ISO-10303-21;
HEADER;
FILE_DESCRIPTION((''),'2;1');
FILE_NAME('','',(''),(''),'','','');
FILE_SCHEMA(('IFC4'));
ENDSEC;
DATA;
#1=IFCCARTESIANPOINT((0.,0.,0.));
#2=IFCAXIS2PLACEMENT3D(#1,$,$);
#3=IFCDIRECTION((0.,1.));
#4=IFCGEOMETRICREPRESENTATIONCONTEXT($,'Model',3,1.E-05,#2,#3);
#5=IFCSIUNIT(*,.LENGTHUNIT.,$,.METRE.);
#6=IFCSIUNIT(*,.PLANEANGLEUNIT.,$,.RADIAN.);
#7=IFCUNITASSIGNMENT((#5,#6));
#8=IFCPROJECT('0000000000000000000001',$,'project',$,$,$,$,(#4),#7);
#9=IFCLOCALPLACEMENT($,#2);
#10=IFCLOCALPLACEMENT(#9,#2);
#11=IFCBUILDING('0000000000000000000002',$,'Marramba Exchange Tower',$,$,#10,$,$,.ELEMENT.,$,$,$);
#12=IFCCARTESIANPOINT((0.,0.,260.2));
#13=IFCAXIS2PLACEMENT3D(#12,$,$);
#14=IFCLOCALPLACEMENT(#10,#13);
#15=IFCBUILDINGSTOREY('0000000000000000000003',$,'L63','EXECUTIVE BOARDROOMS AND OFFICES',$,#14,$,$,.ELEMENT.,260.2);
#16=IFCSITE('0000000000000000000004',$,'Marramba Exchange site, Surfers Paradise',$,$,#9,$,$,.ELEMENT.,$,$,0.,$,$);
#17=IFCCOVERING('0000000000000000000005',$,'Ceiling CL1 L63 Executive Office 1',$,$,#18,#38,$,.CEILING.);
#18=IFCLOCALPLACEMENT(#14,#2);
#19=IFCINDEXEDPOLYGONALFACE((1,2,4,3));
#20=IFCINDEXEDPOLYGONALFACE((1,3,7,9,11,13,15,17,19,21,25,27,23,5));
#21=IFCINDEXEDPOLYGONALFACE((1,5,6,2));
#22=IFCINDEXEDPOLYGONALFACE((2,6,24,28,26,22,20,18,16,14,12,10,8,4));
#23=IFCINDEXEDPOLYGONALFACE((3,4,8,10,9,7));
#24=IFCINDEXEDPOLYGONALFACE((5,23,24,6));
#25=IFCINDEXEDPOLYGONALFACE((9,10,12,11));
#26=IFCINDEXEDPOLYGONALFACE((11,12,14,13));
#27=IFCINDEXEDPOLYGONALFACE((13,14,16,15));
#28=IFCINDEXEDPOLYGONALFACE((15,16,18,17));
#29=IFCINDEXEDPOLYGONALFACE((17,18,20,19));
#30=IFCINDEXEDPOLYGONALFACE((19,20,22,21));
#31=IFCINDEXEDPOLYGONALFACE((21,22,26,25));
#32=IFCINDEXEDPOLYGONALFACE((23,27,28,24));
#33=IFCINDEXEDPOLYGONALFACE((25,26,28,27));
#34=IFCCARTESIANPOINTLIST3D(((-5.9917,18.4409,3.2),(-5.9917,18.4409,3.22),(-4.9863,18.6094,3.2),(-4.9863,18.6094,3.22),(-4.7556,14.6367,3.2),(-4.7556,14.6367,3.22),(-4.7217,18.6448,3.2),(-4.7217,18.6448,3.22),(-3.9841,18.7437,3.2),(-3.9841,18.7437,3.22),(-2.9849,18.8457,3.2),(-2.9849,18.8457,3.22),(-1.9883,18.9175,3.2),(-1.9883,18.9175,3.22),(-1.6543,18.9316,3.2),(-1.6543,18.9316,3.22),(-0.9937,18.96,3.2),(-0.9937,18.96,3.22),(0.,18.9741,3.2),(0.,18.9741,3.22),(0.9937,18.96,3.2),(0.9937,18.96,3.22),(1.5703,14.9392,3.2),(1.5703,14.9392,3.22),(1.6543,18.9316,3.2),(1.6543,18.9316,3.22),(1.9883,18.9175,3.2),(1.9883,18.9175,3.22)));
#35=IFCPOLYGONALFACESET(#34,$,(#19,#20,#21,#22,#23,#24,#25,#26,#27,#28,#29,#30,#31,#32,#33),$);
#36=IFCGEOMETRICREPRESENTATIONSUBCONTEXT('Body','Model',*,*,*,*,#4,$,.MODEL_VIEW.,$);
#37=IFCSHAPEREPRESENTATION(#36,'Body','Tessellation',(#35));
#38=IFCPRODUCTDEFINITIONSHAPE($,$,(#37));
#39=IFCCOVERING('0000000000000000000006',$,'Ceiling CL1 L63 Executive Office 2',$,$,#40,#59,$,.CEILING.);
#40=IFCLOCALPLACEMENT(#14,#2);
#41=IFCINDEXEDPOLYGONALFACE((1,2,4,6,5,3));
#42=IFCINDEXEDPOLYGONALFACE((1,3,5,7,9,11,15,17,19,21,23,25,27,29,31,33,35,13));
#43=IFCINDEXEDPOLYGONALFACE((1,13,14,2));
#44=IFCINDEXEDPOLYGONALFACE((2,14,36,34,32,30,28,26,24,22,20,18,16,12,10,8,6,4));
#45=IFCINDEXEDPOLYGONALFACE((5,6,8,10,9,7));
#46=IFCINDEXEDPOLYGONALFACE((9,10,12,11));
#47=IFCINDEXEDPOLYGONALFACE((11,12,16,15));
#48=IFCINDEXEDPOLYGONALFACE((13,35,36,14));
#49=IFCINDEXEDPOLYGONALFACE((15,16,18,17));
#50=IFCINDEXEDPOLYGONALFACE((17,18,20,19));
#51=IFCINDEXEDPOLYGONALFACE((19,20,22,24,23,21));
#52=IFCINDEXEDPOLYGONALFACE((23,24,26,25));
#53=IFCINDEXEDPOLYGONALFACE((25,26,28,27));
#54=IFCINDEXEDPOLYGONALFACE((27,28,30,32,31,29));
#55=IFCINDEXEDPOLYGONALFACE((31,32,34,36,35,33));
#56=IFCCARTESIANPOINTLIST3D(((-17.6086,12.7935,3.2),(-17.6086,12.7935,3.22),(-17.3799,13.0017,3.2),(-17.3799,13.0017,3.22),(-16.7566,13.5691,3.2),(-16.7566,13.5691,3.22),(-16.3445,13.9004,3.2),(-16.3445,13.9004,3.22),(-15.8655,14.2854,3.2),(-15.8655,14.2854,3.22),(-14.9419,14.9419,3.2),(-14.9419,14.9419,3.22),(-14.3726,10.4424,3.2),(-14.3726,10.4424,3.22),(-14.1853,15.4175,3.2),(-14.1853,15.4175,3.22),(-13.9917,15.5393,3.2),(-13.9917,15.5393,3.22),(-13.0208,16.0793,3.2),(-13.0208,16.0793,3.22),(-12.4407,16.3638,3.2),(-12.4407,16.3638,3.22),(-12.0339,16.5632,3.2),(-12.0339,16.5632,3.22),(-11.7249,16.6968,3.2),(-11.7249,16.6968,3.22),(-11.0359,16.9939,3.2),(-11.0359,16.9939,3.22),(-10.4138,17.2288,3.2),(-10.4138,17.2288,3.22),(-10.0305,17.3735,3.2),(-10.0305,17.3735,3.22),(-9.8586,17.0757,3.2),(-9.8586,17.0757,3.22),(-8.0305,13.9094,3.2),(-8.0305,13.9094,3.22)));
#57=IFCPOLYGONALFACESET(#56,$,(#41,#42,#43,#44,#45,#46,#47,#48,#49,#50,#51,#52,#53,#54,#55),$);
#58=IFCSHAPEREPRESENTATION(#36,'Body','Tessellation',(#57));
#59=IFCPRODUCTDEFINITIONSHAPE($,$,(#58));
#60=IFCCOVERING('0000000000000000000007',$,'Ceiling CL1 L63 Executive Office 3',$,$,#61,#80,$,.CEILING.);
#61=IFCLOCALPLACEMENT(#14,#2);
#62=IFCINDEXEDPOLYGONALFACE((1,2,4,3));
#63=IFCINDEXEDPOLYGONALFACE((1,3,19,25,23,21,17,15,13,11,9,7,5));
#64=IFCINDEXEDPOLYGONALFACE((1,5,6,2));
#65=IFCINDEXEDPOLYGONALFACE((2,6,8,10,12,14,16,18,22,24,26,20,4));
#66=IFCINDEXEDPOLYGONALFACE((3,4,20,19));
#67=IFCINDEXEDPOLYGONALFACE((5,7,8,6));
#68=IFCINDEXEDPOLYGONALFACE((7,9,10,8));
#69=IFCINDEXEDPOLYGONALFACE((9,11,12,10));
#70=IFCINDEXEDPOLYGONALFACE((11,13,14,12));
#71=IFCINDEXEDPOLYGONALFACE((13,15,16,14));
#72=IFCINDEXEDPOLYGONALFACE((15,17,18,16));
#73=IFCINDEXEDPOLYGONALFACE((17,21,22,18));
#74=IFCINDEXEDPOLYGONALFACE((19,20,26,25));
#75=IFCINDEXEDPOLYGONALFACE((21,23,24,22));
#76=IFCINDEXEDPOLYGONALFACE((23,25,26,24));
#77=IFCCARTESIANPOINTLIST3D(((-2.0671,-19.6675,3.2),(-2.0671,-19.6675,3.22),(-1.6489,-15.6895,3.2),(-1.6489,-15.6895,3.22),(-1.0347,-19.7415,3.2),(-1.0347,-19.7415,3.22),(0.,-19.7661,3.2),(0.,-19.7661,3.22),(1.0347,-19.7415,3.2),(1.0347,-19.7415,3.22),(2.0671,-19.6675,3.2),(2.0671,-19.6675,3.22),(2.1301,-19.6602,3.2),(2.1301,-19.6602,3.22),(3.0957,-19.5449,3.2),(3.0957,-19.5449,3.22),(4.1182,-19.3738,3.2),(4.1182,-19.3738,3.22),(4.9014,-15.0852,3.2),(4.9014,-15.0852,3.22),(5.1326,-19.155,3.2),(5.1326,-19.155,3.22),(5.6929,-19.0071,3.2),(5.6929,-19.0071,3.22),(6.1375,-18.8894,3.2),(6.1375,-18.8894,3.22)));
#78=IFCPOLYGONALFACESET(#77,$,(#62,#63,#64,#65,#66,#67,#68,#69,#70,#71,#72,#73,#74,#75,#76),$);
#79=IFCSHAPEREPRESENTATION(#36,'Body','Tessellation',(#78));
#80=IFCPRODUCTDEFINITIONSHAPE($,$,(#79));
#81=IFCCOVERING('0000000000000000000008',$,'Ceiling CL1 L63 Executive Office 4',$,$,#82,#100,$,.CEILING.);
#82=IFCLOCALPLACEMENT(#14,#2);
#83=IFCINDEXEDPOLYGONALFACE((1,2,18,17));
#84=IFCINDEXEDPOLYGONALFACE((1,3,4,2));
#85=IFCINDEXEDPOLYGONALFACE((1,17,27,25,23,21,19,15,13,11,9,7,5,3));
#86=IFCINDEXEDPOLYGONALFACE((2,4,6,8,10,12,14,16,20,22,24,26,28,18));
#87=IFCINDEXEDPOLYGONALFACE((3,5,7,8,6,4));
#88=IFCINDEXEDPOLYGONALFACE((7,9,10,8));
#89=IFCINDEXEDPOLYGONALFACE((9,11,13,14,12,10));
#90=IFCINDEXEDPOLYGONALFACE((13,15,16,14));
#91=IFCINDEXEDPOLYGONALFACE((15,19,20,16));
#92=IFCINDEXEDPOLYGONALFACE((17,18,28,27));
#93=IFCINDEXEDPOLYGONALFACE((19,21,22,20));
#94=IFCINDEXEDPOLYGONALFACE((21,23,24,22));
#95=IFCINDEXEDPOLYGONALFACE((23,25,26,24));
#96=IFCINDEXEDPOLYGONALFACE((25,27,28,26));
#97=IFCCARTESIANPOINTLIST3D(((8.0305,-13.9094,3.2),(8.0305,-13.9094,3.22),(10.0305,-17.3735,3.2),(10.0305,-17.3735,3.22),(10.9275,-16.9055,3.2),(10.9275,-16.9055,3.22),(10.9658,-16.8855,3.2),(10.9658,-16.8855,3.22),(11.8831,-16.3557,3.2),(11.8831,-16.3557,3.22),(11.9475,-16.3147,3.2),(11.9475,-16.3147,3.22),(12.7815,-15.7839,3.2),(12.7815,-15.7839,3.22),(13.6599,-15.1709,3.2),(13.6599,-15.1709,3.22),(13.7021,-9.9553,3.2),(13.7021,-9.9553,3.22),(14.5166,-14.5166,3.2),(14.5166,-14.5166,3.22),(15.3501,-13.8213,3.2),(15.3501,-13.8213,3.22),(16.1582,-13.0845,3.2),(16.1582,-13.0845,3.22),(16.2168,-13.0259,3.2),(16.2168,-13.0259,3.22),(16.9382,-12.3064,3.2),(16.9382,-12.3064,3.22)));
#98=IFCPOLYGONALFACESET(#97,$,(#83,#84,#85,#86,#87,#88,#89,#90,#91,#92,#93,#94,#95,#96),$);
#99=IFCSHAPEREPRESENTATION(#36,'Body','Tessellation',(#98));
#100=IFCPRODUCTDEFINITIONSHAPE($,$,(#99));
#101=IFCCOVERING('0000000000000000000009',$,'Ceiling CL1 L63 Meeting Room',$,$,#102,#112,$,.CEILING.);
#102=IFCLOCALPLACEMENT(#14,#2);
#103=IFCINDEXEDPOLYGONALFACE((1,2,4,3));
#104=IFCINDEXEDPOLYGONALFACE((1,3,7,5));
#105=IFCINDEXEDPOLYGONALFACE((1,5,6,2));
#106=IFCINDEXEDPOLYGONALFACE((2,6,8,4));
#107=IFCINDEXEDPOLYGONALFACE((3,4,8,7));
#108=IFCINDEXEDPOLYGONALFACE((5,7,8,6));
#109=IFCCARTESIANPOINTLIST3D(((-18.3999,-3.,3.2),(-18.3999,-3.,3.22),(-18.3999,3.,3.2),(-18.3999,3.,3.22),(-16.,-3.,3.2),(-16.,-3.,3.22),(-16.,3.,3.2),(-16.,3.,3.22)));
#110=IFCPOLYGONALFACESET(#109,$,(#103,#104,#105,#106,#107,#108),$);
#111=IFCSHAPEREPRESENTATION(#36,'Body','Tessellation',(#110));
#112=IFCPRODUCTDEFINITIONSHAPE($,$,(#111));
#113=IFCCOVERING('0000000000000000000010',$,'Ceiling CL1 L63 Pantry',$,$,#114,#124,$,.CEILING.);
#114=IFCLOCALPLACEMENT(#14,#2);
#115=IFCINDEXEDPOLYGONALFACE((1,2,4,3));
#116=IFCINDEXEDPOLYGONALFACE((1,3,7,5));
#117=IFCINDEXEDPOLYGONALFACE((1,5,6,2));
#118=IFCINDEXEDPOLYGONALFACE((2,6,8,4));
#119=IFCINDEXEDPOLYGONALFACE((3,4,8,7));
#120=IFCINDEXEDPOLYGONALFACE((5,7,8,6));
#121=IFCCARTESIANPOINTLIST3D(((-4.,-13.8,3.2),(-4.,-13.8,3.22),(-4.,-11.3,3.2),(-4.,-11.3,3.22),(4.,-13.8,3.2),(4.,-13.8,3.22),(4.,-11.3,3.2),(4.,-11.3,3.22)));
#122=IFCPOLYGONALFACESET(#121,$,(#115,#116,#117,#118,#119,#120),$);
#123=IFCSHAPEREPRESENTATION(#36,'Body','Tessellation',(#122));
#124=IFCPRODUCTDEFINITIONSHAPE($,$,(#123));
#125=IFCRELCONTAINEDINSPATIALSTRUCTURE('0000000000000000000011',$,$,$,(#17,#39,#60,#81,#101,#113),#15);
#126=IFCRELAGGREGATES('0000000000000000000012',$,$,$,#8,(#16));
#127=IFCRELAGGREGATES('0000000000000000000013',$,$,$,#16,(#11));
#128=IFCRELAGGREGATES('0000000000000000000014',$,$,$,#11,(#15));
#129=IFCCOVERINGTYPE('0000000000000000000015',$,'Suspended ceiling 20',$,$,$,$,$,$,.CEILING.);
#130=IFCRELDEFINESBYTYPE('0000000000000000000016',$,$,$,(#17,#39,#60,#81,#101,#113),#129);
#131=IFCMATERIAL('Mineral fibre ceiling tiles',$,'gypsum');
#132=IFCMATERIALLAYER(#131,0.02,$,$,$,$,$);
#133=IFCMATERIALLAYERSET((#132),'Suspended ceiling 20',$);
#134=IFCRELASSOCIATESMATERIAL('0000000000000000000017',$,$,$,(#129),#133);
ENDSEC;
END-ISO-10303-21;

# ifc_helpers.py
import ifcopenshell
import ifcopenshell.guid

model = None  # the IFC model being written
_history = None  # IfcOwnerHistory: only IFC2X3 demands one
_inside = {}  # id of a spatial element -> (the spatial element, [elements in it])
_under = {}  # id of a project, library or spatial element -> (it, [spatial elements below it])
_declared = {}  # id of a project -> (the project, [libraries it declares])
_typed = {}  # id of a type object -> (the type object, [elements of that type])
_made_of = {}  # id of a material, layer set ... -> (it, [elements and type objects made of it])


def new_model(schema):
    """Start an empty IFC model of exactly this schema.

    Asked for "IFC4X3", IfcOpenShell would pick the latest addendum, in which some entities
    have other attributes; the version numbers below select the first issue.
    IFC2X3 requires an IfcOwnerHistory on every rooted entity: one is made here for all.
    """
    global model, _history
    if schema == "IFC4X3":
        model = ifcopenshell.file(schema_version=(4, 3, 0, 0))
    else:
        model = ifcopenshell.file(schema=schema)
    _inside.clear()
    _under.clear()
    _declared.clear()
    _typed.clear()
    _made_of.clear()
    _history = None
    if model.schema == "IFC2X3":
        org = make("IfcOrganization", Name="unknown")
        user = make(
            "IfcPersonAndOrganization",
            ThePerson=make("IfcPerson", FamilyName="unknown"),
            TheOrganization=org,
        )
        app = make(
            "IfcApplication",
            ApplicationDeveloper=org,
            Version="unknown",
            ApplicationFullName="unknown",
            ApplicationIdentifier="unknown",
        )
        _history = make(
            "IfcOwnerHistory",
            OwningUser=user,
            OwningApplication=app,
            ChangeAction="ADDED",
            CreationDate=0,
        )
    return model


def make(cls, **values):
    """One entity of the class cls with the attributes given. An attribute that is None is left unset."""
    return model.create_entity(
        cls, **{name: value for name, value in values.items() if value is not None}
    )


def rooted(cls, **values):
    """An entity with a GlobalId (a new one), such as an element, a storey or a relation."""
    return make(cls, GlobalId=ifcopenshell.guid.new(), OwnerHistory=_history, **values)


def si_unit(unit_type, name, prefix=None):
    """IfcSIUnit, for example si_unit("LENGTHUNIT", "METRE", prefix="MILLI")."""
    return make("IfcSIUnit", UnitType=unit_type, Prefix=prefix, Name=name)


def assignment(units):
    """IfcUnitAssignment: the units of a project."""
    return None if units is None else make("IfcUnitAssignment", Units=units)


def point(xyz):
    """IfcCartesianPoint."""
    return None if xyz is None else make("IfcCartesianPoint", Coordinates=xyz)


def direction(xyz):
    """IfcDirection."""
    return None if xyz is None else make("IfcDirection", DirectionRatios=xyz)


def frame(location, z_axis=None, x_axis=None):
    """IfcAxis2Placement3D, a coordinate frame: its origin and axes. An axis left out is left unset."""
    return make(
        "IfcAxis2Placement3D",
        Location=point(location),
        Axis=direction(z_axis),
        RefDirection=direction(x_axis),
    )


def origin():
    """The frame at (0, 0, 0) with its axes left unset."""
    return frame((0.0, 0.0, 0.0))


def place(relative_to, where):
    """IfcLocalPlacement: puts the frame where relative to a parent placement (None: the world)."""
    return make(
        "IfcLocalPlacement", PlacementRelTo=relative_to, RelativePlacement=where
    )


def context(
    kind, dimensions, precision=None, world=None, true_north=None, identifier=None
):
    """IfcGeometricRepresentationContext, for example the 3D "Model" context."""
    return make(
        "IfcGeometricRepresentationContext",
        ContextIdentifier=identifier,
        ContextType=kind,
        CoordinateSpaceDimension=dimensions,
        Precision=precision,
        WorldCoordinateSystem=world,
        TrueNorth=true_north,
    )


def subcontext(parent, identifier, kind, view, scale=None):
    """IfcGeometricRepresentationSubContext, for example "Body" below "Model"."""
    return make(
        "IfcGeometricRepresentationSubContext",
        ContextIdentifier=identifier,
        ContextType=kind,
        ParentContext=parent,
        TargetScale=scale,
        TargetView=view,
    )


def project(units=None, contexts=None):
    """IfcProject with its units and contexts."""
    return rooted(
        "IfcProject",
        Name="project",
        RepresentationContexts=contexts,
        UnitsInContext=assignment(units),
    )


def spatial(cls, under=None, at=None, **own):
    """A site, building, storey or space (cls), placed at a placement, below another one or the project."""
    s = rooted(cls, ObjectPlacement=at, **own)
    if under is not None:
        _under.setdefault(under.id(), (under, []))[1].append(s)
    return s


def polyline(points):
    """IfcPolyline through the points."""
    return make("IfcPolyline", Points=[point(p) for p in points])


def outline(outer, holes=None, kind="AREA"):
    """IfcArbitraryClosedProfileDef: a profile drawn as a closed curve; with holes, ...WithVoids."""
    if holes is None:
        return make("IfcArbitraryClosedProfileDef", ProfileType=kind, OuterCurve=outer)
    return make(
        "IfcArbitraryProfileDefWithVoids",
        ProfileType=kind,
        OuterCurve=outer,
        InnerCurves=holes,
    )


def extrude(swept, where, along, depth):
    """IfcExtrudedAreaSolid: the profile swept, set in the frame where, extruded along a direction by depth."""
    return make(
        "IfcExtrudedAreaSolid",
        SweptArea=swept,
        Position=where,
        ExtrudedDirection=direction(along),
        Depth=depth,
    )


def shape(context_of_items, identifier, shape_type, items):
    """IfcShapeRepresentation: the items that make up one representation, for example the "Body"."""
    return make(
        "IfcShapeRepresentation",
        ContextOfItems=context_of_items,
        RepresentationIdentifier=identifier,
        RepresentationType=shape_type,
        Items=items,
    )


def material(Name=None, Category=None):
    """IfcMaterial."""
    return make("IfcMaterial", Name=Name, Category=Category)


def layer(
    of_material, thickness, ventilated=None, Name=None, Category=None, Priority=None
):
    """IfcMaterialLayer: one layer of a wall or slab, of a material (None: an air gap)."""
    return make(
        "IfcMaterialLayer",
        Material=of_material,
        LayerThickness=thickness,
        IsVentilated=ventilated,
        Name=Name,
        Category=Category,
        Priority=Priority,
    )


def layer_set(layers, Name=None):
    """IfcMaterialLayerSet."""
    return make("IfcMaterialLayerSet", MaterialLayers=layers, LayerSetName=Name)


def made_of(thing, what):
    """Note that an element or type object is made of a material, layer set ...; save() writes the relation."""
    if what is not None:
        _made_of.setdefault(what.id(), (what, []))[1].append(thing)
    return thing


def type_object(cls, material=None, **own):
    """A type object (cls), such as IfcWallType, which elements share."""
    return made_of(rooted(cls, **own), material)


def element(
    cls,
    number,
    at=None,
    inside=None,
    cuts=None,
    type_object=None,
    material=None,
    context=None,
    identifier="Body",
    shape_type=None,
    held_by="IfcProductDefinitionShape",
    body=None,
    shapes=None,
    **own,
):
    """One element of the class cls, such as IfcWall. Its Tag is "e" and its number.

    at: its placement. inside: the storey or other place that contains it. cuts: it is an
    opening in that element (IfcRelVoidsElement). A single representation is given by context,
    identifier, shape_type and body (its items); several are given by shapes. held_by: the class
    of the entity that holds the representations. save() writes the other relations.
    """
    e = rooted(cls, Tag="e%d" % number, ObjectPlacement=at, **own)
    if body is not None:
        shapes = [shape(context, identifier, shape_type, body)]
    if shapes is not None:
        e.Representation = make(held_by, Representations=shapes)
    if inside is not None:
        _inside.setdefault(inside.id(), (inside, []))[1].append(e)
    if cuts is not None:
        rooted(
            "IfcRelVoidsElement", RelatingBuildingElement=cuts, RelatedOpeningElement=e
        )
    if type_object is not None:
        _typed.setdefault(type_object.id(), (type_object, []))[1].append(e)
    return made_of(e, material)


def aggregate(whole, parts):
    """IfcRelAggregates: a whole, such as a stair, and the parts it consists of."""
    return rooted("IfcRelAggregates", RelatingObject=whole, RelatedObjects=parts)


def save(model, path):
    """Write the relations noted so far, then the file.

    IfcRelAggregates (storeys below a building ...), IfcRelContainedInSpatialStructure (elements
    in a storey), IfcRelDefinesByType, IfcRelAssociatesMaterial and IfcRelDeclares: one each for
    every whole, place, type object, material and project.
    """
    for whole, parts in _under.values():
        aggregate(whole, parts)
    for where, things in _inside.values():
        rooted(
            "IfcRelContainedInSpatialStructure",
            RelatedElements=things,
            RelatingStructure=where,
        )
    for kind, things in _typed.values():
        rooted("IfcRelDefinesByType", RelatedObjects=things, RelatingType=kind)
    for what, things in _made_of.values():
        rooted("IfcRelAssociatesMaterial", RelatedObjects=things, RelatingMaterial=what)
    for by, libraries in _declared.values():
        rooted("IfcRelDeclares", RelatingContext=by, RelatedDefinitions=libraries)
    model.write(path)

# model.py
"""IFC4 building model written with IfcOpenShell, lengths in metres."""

from ifc_helpers import new_model, si_unit, direction, frame, origin, place, context, subcontext, project, spatial, polyline, outline, extrude, material, layer, layer_set, type_object, element, save


model = new_model("IFC4")

# Units and contexts
model_context = context("Model", 3, precision=1e-05, world=origin(), true_north=direction((0.0, 1.0)))
body_context = subcontext(model_context, "Body", "Model", "MODEL_VIEW")
ifc_project = project(units=[si_unit("LENGTHUNIT", "METRE"), si_unit("PLANEANGLEUNIT", "RADIAN")], contexts=[model_context])

# Site, building, storey
site_placement = place(None, origin())
site = spatial("IfcSite", under=ifc_project, at=site_placement, Name="Marramba Exchange site, Surfers Paradise", CompositionType="ELEMENT", RefElevation=0.0)
building_placement = place(site_placement, origin())
building = spatial("IfcBuilding", under=site, at=building_placement, Name="Marramba Exchange Tower", CompositionType="ELEMENT")
storey_placement = place(building_placement, frame((0.0, 0.0, 260.2)))
storey = spatial("IfcBuildingStorey", under=building, at=storey_placement, Name="L63", Description="EXECUTIVE BOARDROOMS AND OFFICES", CompositionType="ELEMENT", Elevation=260.2)

# Coverings
ifc_material_1 = material(Name="Mineral fibre ceiling tiles", Category="gypsum")
ifc_layer_1 = layer(ifc_material_1, 0.02)
ifc_layer_set_1 = layer_set([ifc_layer_1], Name="Suspended ceiling 20")
covering_type = type_object("IfcCoveringType", Name="Suspended ceiling 20", PredefinedType="CEILING", material=ifc_layer_set_1)
covering_1_placement = place(storey_placement, frame((0.0, 0.0, 3.2)))
element("IfcCovering", 1, at=covering_1_placement, inside=storey, type_object=covering_type, Name="Ceiling CL1 L63 Executive Office 1", PredefinedType="CEILING", context=body_context, shape_type="SweptSolid", body=[
    extrude(outline(polyline([(-4.9863, 18.6094), (-4.7217, 18.6448), (-3.9841, 18.7437), (-2.9849, 18.8457), (-1.9883, 18.9175), (-1.6543, 18.9316), (-0.9937, 18.96), (0.0, 18.9741), (0.9937, 18.96), (1.6543, 18.9316), (1.9883, 18.9175), (1.5703, 14.9392), (-4.7556, 14.6367), (-5.9917, 18.4409), (-4.9863, 18.6094)])), origin(), (0.0, 0.0, 1.0), 0.02),
])
covering_2_placement = place(storey_placement, frame((0.0, 0.0, 3.2)))
element("IfcCovering", 2, at=covering_2_placement, inside=storey, type_object=covering_type, Name="Ceiling CL1 L63 Executive Office 2", PredefinedType="CEILING", context=body_context, shape_type="SweptSolid", body=[
    extrude(outline(polyline([(-17.3799, 13.0017), (-16.7566, 13.5691), (-16.3445, 13.9004), (-15.8655, 14.2854), (-14.9419, 14.9419), (-14.1853, 15.4175), (-13.9917, 15.5393), (-13.0208, 16.0793), (-12.4407, 16.3638), (-12.0339, 16.5632), (-11.7249, 16.6968), (-11.0359, 16.9939), (-10.4138, 17.2288), (-10.0305, 17.3735), (-9.8586, 17.0757), (-8.0305, 13.9094), (-14.3726, 10.4424), (-17.6086, 12.7935), (-17.3799, 13.0017)])), origin(), (0.0, 0.0, 1.0), 0.02),
])
covering_3_placement = place(storey_placement, frame((0.0, 0.0, 3.2)))
element("IfcCovering", 3, at=covering_3_placement, inside=storey, type_object=covering_type, Name="Ceiling CL1 L63 Executive Office 3", PredefinedType="CEILING", context=body_context, shape_type="SweptSolid", body=[
    extrude(outline(polyline([(5.1326, -19.155), (4.1182, -19.3738), (3.0957, -19.5449), (2.1301, -19.6602), (2.0671, -19.6675), (1.0347, -19.7415), (0.0, -19.7661), (-1.0347, -19.7415), (-2.0671, -19.6675), (-1.6489, -15.6895), (4.9014, -15.0852), (6.1375, -18.8894), (5.6929, -19.0071), (5.1326, -19.155)])), origin(), (0.0, 0.0, 1.0), 0.02),
])
covering_4_placement = place(storey_placement, frame((0.0, 0.0, 3.2)))
element("IfcCovering", 4, at=covering_4_placement, inside=storey, type_object=covering_type, Name="Ceiling CL1 L63 Executive Office 4", PredefinedType="CEILING", context=body_context, shape_type="SweptSolid", body=[
    extrude(outline(polyline([(16.2168, -13.0259), (16.1582, -13.0845), (15.3501, -13.8213), (14.5166, -14.5166), (13.6599, -15.1709), (12.7815, -15.7839), (11.9475, -16.3147), (11.8831, -16.3557), (10.9658, -16.8855), (10.9275, -16.9055), (10.0305, -17.3735), (8.0305, -13.9094), (13.7021, -9.9553), (16.9382, -12.3064), (16.2168, -13.0259)])), origin(), (0.0, 0.0, 1.0), 0.02),
])
covering_5_placement = place(storey_placement, frame((0.0, 0.0, 3.2)))
element("IfcCovering", 5, at=covering_5_placement, inside=storey, type_object=covering_type, Name="Ceiling CL1 L63 Meeting Room", PredefinedType="CEILING", context=body_context, shape_type="SweptSolid", body=[
    extrude(outline(polyline([(-16.0, -3.0), (-18.3999, -3.0), (-18.3999, 3.0), (-16.0, 3.0), (-16.0, -3.0)])), origin(), (0.0, 0.0, 1.0), 0.02),
])
covering_6_placement = place(storey_placement, frame((0.0, 0.0, 3.2)))
element("IfcCovering", 6, at=covering_6_placement, inside=storey, type_object=covering_type, Name="Ceiling CL1 L63 Pantry", PredefinedType="CEILING", context=body_context, shape_type="SweptSolid", body=[
    extrude(outline(polyline([(4.0, -11.3), (4.0, -13.8), (-4.0, -13.8), (-4.0, -11.3), (4.0, -11.3)])), origin(), (0.0, 0.0, 1.0), 0.02),
])

save(model, "model.ifc")
